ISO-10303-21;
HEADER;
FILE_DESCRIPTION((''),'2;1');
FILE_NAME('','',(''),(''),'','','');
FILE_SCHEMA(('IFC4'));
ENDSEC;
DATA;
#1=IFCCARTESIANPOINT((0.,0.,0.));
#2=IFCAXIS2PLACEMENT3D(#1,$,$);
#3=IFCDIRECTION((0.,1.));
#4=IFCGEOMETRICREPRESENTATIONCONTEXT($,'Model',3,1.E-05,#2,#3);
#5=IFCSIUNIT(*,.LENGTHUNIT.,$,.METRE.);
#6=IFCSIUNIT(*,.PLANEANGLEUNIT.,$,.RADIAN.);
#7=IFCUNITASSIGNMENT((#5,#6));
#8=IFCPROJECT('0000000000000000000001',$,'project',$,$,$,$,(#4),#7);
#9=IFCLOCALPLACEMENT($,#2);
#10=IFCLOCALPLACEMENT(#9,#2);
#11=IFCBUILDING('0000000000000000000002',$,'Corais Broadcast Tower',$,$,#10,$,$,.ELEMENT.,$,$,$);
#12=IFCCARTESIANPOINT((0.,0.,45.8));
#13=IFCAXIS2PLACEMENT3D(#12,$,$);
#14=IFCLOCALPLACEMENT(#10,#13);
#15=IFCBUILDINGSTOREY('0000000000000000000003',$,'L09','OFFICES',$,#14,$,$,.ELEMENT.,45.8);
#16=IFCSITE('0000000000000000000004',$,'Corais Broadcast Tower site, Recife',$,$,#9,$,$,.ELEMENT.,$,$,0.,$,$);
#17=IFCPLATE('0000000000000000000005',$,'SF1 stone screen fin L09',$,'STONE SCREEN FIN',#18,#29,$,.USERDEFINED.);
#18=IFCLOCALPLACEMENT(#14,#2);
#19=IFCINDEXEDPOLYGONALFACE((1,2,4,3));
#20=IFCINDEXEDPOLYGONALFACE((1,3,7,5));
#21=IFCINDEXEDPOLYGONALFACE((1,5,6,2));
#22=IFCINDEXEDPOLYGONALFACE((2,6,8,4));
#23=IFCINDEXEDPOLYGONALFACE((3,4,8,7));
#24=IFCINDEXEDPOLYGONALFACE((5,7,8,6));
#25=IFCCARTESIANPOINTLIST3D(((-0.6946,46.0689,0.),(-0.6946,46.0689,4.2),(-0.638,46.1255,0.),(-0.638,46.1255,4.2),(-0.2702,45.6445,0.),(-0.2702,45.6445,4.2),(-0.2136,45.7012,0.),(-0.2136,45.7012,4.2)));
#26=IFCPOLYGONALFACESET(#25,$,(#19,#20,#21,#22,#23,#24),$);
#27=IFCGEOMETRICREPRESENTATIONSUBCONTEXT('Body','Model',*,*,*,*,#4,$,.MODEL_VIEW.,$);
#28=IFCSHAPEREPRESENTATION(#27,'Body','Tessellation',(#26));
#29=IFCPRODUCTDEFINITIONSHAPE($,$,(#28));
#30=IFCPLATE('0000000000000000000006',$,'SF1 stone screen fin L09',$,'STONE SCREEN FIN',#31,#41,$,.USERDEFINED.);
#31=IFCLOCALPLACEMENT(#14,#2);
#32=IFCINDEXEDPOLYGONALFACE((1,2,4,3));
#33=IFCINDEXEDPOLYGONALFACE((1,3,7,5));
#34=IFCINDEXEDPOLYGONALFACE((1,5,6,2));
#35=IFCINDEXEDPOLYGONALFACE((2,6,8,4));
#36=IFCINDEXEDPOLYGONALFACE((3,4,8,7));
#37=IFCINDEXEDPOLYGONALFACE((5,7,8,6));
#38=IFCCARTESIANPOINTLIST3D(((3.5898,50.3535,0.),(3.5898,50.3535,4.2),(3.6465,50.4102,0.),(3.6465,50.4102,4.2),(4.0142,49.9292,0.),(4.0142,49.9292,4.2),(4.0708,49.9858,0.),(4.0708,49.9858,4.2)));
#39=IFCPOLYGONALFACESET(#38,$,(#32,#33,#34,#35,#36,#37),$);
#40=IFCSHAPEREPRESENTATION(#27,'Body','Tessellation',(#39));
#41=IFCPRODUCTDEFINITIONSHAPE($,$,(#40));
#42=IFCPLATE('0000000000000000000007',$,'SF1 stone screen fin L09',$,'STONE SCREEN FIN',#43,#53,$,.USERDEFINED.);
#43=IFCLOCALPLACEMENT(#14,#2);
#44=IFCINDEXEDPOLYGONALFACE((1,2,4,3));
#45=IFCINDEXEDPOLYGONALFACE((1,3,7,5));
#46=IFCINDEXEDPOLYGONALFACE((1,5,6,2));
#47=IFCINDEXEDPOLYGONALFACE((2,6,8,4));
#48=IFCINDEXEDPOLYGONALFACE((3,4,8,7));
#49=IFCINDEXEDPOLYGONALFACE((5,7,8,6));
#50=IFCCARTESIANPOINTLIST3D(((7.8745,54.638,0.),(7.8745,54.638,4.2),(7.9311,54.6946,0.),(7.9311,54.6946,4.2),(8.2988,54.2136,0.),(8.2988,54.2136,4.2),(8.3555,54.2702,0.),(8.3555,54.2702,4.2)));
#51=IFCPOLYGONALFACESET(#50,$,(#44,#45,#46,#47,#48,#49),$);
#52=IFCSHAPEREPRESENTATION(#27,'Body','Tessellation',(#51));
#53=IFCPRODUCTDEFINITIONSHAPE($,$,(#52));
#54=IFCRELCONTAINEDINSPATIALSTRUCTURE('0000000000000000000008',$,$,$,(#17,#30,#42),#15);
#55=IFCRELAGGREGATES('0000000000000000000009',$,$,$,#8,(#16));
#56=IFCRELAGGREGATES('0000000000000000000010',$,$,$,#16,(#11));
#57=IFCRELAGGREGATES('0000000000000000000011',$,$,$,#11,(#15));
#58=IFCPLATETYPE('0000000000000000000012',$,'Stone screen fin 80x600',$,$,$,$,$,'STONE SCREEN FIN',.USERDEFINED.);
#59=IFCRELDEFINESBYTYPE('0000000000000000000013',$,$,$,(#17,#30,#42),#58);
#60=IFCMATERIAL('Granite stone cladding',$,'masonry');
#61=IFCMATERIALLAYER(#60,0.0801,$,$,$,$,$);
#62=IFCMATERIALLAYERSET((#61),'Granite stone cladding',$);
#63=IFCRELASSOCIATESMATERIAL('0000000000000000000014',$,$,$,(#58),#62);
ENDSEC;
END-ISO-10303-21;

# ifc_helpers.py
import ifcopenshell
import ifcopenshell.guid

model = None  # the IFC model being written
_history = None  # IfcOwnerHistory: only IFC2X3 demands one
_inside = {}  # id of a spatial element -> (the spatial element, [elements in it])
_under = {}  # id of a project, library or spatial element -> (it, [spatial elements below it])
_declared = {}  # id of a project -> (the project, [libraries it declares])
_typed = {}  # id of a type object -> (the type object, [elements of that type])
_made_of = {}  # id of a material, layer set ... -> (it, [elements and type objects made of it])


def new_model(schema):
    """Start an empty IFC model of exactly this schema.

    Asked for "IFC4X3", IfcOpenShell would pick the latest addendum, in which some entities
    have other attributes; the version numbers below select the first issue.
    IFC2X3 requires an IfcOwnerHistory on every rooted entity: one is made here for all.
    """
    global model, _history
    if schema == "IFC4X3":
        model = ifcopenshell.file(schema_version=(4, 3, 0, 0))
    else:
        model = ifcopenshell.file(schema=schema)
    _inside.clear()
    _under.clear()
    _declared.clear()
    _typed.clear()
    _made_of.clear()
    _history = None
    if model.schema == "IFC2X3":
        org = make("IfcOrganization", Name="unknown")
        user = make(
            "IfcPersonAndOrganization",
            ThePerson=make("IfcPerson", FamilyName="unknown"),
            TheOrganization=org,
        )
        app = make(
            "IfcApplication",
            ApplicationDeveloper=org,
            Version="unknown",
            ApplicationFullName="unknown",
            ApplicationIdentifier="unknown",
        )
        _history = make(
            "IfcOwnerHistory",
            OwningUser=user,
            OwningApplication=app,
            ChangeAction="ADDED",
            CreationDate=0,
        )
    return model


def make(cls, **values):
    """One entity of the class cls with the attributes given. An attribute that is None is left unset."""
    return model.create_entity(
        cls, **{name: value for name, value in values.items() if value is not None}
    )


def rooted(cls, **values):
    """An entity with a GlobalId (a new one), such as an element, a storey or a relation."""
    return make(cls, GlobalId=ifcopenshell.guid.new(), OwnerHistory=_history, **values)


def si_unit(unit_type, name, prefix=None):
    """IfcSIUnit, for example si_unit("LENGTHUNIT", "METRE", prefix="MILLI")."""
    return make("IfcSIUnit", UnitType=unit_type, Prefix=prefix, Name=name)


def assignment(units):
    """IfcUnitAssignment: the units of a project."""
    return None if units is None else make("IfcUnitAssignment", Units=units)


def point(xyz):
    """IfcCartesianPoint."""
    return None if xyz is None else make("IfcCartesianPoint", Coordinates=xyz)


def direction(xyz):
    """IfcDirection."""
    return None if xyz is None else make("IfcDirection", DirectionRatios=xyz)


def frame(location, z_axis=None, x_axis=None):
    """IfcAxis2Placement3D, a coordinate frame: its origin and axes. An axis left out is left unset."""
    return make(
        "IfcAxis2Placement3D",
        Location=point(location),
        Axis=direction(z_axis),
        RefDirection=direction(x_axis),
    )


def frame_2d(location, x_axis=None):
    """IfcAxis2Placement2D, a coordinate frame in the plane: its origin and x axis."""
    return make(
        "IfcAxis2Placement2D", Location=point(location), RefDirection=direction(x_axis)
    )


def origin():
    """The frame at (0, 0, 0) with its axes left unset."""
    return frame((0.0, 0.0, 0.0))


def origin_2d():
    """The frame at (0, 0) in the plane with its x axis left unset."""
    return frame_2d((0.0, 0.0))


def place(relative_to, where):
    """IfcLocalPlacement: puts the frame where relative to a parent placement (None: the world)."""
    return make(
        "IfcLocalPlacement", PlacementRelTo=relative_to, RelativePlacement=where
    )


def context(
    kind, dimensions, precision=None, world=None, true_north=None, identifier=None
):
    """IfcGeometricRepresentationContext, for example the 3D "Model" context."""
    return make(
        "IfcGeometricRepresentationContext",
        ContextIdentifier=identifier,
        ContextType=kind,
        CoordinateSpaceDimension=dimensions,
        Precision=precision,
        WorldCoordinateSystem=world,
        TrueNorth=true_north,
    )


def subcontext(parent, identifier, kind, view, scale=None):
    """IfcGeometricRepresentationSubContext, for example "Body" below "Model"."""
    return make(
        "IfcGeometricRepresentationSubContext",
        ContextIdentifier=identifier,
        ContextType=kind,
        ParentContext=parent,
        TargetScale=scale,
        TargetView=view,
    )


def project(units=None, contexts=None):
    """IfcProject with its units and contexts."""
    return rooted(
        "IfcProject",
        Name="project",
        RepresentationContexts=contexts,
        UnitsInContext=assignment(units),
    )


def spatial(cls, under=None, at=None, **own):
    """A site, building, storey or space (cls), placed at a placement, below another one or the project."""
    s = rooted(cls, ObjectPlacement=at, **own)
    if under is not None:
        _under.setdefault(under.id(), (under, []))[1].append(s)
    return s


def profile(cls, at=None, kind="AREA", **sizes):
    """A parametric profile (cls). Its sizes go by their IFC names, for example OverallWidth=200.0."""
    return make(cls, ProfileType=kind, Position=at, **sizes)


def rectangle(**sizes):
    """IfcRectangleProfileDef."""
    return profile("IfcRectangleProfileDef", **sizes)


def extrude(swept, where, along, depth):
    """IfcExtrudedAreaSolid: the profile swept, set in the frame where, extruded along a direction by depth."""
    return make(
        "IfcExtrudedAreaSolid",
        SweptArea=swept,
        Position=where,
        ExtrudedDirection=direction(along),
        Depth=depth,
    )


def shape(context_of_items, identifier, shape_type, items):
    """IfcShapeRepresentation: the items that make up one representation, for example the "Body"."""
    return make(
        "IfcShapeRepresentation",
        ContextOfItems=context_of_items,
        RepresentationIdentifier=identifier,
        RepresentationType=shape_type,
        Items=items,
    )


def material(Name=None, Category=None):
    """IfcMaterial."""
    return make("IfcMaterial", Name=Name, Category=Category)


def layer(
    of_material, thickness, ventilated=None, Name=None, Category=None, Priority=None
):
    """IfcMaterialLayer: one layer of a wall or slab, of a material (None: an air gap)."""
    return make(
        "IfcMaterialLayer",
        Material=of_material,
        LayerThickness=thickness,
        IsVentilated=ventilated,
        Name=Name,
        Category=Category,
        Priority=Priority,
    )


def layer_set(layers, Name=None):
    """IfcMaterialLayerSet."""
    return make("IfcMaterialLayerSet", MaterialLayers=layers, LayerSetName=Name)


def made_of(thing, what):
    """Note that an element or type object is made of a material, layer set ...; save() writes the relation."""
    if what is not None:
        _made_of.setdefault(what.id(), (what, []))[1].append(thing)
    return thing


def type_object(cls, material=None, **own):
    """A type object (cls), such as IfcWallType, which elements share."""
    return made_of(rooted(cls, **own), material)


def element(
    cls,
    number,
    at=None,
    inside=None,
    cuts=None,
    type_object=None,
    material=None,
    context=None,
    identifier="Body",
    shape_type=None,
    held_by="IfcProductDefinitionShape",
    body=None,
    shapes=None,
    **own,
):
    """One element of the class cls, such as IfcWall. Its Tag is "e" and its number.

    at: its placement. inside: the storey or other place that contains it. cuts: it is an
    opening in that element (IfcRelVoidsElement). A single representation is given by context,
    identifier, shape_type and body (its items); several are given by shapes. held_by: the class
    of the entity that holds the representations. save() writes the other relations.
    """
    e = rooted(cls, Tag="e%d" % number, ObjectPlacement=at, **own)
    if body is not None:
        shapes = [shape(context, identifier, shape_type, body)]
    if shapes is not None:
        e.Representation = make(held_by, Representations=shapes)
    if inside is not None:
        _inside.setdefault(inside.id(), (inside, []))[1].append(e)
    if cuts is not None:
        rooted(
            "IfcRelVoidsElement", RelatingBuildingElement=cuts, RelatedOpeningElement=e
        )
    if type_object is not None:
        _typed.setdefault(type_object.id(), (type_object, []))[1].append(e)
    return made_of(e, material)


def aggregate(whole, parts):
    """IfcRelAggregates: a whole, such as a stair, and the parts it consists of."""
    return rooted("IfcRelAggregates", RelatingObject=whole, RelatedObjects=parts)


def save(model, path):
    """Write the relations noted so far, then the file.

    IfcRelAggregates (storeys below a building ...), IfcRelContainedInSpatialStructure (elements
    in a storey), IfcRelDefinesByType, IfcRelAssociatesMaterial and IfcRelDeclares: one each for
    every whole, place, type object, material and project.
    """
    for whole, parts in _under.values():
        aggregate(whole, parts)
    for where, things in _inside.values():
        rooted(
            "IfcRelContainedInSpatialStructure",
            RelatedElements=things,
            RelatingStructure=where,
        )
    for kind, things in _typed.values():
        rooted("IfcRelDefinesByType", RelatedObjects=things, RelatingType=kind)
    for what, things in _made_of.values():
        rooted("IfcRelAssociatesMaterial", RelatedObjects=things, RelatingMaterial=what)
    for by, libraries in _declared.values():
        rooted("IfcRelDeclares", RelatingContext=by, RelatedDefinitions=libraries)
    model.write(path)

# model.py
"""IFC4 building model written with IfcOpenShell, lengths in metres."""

from ifc_helpers import new_model, si_unit, direction, frame, origin, origin_2d, place, context, subcontext, project, spatial, rectangle, extrude, material, layer, layer_set, type_object, element, save


model = new_model("IFC4")

# Units and contexts
model_context = context("Model", 3, precision=1e-05, world=origin(), true_north=direction((0.0, 1.0)))
body_context = subcontext(model_context, "Body", "Model", "MODEL_VIEW")
ifc_project = project(units=[si_unit("LENGTHUNIT", "METRE"), si_unit("PLANEANGLEUNIT", "RADIAN")], contexts=[model_context])

# Site, building, storey
site_placement = place(None, origin())
site = spatial("IfcSite", under=ifc_project, at=site_placement, Name="Corais Broadcast Tower site, Recife", CompositionType="ELEMENT", RefElevation=0.0)
building_placement = place(site_placement, origin())
building = spatial("IfcBuilding", under=site, at=building_placement, Name="Corais Broadcast Tower", CompositionType="ELEMENT")
storey_placement = place(building_placement, frame((0.0, 0.0, 45.8)))
storey = spatial("IfcBuildingStorey", under=building, at=storey_placement, Name="L09", Description="OFFICES", CompositionType="ELEMENT", Elevation=45.8)

# Plates
ifc_material_1 = material(Name="Granite stone cladding", Category="masonry")
ifc_layer_1 = layer(ifc_material_1, 0.0801)
ifc_layer_set_1 = layer_set([ifc_layer_1], Name="Granite stone cladding")
plate_type_1 = type_object("IfcPlateType", Name="Stone screen fin 80x600", ElementType="STONE SCREEN FIN", PredefinedType="USERDEFINED", material=ifc_layer_set_1)
for number, where, z_axis, x_axis, name in (
    (1, (-0.4541, 45.885, 0.0), (0.0, 0.0, 1.0), (0.707107, 0.707107, 0.0), "SF1 stone screen fin L09"),
    (2, (3.8303, 50.1697, 0.0), (0.0, 0.0, 1.0), (0.707107, 0.707107, 0.0), "SF1 stone screen fin L09"),
    (3, (8.115, 54.4541, 0.0), (0.0, 0.0, 1.0), (0.707107, 0.707107, 0.0), "SF1 stone screen fin L09"),
):
    element("IfcPlate", number, at=place(storey_placement, frame(where, z_axis=z_axis, x_axis=x_axis)), inside=storey, type_object=plate_type_1, Name=name, ObjectType="STONE SCREEN FIN", PredefinedType="USERDEFINED", context=body_context, shape_type="SweptSolid", body=[
        extrude(rectangle(XDim=0.0801, YDim=0.6001, at=origin_2d()), origin(), (0.0, 0.0, 1.0), 4.2),
    ])

save(model, "model.ifc")
